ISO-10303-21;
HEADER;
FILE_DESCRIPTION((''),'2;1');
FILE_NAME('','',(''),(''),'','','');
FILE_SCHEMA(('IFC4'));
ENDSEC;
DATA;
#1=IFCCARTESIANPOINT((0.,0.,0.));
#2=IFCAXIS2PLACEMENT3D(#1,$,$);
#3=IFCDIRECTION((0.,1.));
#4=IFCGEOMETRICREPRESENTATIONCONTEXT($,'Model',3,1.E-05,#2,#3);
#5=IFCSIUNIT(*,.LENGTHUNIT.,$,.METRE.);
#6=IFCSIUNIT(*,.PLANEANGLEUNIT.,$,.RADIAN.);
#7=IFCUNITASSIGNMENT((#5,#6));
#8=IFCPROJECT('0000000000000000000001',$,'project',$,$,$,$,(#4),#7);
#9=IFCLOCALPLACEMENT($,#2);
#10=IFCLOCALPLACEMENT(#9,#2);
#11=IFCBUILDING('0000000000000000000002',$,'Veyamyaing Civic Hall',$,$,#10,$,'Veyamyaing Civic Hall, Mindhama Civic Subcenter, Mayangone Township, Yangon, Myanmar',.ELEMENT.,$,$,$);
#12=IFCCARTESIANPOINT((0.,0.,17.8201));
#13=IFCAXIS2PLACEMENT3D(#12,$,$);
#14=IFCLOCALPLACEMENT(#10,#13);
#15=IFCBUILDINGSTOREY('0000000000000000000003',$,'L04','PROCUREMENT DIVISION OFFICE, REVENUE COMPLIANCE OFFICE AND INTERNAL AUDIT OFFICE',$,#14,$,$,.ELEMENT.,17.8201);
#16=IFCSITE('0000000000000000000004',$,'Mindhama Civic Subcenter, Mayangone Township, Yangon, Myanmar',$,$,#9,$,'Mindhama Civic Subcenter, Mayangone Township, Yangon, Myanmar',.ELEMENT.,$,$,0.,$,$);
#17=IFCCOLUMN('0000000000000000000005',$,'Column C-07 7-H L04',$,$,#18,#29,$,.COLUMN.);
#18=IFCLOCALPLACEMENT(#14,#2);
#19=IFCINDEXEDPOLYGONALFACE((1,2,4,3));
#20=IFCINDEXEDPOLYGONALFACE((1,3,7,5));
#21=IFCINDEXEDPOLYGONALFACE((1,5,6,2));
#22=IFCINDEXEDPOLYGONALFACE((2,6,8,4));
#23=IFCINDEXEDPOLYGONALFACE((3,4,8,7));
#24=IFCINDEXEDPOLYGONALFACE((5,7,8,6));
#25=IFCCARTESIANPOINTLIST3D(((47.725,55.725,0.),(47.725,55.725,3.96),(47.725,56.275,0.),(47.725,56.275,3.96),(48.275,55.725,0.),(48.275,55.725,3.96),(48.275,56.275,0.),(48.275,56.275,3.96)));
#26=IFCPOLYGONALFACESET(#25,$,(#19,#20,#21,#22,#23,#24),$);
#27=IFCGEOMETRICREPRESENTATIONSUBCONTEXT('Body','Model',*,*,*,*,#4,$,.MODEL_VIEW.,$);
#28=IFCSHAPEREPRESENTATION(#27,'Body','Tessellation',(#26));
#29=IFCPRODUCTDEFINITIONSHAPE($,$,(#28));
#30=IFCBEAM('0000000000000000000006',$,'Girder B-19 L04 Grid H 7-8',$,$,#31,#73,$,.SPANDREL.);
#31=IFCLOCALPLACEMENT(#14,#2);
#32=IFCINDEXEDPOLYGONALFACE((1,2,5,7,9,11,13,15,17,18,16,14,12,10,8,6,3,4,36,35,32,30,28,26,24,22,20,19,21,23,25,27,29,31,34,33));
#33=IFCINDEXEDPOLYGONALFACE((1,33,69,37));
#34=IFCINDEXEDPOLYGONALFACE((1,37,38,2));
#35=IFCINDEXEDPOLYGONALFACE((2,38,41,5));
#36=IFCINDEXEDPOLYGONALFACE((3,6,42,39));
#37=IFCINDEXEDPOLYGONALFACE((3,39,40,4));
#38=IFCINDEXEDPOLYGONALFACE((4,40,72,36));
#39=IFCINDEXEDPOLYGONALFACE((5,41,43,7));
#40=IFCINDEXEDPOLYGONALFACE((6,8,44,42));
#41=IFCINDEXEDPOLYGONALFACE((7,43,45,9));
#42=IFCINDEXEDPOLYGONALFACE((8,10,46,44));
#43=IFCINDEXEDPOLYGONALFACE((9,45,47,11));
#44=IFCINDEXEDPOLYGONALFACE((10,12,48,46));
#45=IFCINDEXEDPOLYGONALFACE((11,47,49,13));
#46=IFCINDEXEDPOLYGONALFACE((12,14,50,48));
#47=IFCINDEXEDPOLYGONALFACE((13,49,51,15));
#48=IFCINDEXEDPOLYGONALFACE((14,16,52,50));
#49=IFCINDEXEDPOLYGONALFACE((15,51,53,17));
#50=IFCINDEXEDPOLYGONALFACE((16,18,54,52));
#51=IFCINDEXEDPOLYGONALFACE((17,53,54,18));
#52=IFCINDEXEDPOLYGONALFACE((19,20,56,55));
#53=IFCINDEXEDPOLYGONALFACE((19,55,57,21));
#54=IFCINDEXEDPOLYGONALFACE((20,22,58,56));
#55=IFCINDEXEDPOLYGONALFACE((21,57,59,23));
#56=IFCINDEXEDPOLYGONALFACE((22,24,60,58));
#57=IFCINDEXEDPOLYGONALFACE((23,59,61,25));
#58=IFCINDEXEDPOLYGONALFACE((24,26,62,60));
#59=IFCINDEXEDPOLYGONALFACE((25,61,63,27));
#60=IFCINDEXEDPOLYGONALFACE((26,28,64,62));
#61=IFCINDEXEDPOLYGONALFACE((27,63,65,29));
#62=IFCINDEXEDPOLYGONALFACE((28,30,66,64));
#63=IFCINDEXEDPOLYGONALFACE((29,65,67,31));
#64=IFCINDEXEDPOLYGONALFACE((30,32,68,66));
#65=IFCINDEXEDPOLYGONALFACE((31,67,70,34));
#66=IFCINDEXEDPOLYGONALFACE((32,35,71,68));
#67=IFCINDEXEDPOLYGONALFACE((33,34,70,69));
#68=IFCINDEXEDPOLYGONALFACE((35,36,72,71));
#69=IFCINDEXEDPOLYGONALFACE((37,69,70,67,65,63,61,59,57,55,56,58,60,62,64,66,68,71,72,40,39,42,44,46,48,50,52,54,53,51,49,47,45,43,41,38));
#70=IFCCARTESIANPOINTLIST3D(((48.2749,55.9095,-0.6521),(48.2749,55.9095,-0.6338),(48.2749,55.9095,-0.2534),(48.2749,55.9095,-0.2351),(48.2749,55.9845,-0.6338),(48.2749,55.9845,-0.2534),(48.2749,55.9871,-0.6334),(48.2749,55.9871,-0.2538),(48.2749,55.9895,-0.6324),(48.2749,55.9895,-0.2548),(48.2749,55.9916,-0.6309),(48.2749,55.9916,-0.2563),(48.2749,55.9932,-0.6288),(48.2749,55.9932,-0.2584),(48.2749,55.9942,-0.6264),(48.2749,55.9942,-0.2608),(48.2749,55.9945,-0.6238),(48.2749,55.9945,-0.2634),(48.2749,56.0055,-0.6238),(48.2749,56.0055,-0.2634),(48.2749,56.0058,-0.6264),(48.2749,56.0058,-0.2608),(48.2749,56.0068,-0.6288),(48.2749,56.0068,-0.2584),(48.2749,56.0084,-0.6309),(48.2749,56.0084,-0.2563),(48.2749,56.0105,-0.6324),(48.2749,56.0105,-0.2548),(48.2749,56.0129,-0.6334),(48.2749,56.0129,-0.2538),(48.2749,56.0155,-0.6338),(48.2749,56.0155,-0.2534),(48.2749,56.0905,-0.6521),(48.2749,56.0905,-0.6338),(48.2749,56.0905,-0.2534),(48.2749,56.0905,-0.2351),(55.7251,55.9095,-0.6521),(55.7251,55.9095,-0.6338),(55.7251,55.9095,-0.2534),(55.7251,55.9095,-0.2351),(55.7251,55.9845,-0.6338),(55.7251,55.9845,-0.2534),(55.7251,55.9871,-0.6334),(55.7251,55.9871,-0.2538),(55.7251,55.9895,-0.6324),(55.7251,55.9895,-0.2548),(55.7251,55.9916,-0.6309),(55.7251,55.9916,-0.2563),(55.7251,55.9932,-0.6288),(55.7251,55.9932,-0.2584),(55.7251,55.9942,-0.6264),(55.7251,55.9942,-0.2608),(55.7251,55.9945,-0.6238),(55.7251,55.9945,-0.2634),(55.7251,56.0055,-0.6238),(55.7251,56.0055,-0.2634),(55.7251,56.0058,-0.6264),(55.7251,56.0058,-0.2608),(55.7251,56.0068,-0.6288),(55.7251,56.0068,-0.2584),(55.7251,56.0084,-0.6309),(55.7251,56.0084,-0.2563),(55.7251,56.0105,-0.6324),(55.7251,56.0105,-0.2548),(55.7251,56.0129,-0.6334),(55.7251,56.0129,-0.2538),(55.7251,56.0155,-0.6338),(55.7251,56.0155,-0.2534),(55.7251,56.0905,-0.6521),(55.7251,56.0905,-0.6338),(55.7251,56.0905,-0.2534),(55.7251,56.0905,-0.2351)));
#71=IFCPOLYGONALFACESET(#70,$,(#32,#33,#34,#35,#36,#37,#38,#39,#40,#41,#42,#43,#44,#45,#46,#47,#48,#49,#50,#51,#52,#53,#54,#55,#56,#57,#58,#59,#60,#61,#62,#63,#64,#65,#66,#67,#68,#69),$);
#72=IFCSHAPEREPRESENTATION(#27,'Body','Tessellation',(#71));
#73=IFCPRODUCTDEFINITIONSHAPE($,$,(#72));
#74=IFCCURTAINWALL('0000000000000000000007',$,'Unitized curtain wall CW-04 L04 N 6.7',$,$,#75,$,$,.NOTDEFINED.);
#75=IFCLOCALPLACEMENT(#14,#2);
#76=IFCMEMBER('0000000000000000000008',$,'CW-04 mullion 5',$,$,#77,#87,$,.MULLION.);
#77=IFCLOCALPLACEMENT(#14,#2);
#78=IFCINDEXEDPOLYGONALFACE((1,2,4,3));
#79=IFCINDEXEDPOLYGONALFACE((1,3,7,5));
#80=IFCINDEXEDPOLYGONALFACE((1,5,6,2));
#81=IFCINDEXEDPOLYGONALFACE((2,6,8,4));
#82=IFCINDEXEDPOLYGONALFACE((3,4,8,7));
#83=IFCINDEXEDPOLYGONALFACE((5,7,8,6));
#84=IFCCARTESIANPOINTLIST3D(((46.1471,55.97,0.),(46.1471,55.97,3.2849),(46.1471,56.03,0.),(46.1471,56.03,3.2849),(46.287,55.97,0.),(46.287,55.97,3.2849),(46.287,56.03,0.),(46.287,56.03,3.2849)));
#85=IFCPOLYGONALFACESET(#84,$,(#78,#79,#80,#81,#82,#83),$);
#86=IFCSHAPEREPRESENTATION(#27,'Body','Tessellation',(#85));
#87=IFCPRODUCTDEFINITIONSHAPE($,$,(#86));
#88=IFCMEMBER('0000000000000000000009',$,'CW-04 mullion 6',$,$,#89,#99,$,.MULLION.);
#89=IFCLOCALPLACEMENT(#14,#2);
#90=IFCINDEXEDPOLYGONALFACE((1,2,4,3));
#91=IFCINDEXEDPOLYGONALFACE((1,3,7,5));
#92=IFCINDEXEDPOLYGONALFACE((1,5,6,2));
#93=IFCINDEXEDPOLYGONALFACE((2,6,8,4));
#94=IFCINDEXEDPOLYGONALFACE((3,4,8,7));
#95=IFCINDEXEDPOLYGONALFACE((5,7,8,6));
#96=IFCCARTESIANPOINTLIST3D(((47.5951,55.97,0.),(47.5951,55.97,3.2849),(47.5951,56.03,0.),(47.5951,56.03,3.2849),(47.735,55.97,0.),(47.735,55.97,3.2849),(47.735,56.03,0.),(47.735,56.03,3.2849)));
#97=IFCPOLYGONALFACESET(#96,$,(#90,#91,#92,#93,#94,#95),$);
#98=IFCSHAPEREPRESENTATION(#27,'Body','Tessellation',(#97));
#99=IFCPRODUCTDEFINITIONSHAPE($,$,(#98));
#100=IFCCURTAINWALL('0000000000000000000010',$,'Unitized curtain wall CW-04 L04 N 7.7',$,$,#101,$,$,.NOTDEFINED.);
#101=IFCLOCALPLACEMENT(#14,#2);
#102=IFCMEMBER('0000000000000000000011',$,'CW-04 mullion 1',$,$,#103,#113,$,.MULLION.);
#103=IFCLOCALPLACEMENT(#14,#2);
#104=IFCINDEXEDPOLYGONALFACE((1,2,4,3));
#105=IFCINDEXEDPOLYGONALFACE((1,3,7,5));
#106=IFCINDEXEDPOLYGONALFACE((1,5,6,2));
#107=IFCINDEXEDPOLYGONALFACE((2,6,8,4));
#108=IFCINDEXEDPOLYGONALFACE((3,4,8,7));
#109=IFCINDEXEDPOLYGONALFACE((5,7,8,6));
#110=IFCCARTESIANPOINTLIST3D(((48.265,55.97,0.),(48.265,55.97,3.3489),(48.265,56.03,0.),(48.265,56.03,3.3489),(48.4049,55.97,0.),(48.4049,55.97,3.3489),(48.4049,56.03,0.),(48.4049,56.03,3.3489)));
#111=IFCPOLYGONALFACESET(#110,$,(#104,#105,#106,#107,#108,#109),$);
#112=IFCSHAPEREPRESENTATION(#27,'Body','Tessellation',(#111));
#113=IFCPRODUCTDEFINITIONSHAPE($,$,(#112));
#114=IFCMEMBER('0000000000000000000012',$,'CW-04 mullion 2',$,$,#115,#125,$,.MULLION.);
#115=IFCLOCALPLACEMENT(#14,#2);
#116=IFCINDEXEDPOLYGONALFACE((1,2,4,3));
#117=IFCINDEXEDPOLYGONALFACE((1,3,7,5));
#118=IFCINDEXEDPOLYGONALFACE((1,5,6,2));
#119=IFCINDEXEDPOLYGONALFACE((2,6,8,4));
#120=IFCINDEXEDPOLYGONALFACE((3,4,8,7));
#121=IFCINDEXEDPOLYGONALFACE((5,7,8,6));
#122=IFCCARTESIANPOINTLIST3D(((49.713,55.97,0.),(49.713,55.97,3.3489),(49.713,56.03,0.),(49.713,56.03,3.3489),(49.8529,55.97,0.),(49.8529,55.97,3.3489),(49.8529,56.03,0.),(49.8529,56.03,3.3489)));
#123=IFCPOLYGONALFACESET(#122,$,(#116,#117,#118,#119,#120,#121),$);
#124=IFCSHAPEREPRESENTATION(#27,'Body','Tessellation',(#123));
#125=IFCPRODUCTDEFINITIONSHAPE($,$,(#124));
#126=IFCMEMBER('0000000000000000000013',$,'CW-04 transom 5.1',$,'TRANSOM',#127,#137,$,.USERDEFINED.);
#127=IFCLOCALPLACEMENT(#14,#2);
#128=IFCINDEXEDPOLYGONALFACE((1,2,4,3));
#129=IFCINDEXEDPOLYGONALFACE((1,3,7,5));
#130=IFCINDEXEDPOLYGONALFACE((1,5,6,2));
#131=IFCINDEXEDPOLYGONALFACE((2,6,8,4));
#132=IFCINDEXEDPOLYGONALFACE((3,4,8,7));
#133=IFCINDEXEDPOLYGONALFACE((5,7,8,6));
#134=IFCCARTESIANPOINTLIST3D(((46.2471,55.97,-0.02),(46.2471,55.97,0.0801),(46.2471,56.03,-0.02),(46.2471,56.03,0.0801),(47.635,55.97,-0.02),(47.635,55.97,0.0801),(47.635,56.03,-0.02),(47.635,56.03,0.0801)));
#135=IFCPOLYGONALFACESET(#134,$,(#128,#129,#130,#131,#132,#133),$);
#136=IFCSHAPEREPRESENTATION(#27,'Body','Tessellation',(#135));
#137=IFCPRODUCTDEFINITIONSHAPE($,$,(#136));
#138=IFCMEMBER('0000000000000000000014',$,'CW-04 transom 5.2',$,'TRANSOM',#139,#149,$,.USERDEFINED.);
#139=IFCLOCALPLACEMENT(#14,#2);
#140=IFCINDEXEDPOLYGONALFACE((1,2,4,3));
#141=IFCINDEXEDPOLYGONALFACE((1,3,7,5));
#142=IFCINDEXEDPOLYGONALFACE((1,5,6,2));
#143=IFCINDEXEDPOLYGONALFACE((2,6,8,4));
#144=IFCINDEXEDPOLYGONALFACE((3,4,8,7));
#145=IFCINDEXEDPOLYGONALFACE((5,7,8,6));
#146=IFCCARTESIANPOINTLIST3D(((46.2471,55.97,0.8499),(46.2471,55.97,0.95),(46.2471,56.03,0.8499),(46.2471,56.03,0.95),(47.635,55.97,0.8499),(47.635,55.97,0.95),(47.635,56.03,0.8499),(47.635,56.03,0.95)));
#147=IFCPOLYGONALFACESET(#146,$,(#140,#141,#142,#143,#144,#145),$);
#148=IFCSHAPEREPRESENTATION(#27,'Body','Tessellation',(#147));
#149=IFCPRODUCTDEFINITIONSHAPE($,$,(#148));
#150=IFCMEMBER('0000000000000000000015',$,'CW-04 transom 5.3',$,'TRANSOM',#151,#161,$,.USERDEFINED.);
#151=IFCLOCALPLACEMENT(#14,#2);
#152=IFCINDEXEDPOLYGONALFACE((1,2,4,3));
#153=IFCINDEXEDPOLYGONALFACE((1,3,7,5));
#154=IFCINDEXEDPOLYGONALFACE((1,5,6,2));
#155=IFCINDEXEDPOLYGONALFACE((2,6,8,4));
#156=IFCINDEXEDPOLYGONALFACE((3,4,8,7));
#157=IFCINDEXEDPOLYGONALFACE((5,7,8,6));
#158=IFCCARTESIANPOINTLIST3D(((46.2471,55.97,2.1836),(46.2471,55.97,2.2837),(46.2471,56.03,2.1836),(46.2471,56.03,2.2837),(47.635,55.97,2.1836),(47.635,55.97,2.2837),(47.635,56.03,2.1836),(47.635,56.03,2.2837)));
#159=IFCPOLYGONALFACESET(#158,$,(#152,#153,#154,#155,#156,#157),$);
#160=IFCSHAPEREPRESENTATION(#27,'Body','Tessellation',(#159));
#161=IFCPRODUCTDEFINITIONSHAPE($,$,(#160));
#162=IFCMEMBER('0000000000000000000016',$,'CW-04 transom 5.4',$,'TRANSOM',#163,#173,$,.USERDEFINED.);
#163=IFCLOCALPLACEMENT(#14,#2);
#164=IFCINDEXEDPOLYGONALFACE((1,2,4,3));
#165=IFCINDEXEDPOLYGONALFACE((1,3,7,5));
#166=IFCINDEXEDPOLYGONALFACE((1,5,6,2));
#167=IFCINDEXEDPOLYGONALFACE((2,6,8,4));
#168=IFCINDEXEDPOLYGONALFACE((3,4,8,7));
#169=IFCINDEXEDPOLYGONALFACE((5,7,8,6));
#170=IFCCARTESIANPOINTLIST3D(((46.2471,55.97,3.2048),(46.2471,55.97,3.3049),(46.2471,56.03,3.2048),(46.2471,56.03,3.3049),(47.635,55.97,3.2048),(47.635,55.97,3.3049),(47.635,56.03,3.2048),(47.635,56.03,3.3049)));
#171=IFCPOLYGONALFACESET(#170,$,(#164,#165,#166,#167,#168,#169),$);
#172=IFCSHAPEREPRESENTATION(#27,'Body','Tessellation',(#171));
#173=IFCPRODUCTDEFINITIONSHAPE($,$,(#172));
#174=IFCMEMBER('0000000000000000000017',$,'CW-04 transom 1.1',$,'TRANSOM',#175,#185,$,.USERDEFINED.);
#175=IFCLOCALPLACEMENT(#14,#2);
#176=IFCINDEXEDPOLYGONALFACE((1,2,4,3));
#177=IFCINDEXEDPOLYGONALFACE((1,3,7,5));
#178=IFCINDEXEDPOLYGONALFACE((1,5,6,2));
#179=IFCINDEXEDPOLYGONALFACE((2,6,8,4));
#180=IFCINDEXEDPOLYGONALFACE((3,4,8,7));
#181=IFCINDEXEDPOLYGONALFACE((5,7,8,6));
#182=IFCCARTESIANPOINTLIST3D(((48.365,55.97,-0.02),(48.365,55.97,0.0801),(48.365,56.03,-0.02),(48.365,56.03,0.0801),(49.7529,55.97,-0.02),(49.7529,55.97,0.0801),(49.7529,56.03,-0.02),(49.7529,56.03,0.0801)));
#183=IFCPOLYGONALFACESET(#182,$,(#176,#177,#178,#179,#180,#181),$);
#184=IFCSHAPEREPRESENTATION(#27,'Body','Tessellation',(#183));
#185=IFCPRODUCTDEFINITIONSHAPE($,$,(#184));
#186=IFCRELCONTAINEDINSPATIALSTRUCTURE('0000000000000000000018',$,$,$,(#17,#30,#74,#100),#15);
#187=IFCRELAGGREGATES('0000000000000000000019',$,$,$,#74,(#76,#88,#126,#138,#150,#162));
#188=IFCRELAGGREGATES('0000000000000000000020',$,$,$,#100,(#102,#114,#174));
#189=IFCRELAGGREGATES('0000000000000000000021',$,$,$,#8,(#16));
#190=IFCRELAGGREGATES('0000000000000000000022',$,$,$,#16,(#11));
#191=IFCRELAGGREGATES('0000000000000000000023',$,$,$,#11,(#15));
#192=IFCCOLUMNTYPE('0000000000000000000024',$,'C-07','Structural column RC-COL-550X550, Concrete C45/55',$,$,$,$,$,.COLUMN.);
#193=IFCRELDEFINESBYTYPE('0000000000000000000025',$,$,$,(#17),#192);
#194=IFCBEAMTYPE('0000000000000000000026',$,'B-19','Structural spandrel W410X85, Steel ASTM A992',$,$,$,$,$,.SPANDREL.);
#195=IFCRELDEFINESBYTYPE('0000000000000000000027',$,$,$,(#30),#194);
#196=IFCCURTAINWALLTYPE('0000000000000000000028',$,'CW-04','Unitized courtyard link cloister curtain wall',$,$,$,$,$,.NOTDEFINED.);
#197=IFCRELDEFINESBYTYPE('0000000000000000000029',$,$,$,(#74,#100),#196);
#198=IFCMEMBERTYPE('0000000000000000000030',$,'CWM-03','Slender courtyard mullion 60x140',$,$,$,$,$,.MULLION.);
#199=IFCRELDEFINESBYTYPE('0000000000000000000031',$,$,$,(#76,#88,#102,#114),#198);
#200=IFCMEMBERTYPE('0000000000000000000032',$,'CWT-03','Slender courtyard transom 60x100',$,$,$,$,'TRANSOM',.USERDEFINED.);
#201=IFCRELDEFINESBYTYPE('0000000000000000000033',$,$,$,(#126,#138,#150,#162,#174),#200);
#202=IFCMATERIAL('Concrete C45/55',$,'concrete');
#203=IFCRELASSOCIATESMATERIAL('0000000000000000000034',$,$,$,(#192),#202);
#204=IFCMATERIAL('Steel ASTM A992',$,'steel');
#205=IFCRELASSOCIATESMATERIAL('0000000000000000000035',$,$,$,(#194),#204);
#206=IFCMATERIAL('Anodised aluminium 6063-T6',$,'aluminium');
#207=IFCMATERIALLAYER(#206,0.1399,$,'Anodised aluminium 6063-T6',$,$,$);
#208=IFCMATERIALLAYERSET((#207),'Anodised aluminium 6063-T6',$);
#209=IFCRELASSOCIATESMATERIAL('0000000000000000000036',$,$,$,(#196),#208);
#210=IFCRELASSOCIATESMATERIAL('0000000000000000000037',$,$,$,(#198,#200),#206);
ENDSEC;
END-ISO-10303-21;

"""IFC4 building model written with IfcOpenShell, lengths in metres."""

from ifc_helpers import new_model, si_unit, direction, frame, origin, origin_2d, place, context, subcontext, project, spatial, rectangle, i_section, extrude, material, layer, layer_set, material_profile, profile_set, type_object, element, aggregate, save


model = new_model("IFC4")

# Units and contexts
model_context = context("Model", 3, precision=1e-05, world=origin(), true_north=direction((0.0, 1.0)))
body_context = subcontext(model_context, "Body", "Model", "MODEL_VIEW")
ifc_project = project(units=[si_unit("LENGTHUNIT", "METRE"), si_unit("PLANEANGLEUNIT", "RADIAN")], contexts=[model_context])

# Site, building, storey
site_placement = place(None, origin())
site = spatial("IfcSite", under=ifc_project, at=site_placement, Name="Mindhama Civic Subcenter, Mayangone Township, Yangon, Myanmar", LongName="Mindhama Civic Subcenter, Mayangone Township, Yangon, Myanmar", CompositionType="ELEMENT", RefElevation=0.0)
building_placement = place(site_placement, origin())
building = spatial("IfcBuilding", under=site, at=building_placement, Name="Veyamyaing Civic Hall", LongName="Veyamyaing Civic Hall, Mindhama Civic Subcenter, Mayangone Township, Yangon, Myanmar", CompositionType="ELEMENT")
storey_placement = place(building_placement, frame((0.0, 0.0, 17.8201)))
storey = spatial("IfcBuildingStorey", under=building, at=storey_placement, Name="L04", Description="PROCUREMENT DIVISION OFFICE, REVENUE COMPLIANCE OFFICE AND INTERNAL AUDIT OFFICE", CompositionType="ELEMENT", Elevation=17.8201)

# Column
ifc_material_1 = material(Name="Concrete C45/55", Category="concrete")
ifc_material_profile_1 = material_profile(ifc_material_1, rectangle(XDim=0.55, YDim=0.55, at=origin_2d()), Name="RC-COL-550X550")
ifc_profile_set_1 = profile_set([ifc_material_profile_1], Name="Concrete C45/55")
column_type = type_object("IfcColumnType", Name="C-07", Description="Structural column RC-COL-550X550, Concrete C45/55", PredefinedType="COLUMN", material=ifc_profile_set_1)
column_placement = place(storey_placement, frame((48.0, 56.0, 0.0), z_axis=(0.0, 0.0, 1.0), x_axis=(1.0, 0.0, 0.0)))
element("IfcColumn", 1, at=column_placement, inside=storey, type_object=column_type, Name="Column C-07 7-H L04", PredefinedType="COLUMN", context=body_context, shape_type="SweptSolid", body=[
    extrude(rectangle(XDim=0.55, YDim=0.55, at=origin_2d()), origin(), (0.0, 0.0, 1.0), 3.96),
])

# Beam
ifc_material_2 = material(Name="Steel ASTM A992", Category="steel")
ifc_material_profile_2 = material_profile(ifc_material_2, i_section(OverallWidth=0.1809, OverallDepth=0.417, WebThickness=0.011, FlangeThickness=0.0183, FilletRadius=0.01, at=origin_2d()), Name="W410X85")
ifc_profile_set_2 = profile_set([ifc_material_profile_2], Name="Steel ASTM A992")
beam_type_1 = type_object("IfcBeamType", Name="B-19", Description="Structural spandrel W410X85, Steel ASTM A992", PredefinedType="SPANDREL", material=ifc_profile_set_2)
beam_placement = place(storey_placement, frame((48.2749, 56.0, -0.4436), z_axis=(1.0, 0.0, 0.0), x_axis=(0.0, 1.0, 0.0)))
element("IfcBeam", 2, at=beam_placement, inside=storey, type_object=beam_type_1, Name="Girder B-19 L04 Grid H 7-8", PredefinedType="SPANDREL", context=body_context, shape_type="SweptSolid", body=[
    extrude(i_section(OverallWidth=0.1809, OverallDepth=0.417, WebThickness=0.011, FlangeThickness=0.0183, FilletRadius=0.01, at=origin_2d()), origin(), (0.0, 0.0, 1.0), 7.4502),
])

# Curtain walls, members
ifc_material_3 = material(Name="Anodised aluminium 6063-T6", Category="aluminium")
ifc_layer_1 = layer(ifc_material_3, 0.1399, Name="Anodised aluminium 6063-T6")
ifc_layer_set_1 = layer_set([ifc_layer_1], Name="Anodised aluminium 6063-T6")
curtain_wall_type = type_object("IfcCurtainWallType", Name="CW-04", Description="Unitized courtyard link cloister curtain wall", PredefinedType="NOTDEFINED", material=ifc_layer_set_1)
curtain_wall_1_placement = place(storey_placement, origin())
curtain_wall_1 = element("IfcCurtainWall", 3, at=curtain_wall_1_placement, inside=storey, type_object=curtain_wall_type, Name="Unitized curtain wall CW-04 L04 N 6.7", PredefinedType="NOTDEFINED")
ifc_material_profile_3 = material_profile(ifc_material_3, rectangle(XDim=0.0601, YDim=0.1399, at=origin_2d()), Name="ALU-MUL-60X140")
ifc_profile_set_3 = profile_set([ifc_material_profile_3], Name="Anodised aluminium 6063-T6")
member_type_1 = type_object("IfcMemberType", Name="CWM-03", Description="Slender courtyard mullion 60x140", PredefinedType="MULLION", material=ifc_profile_set_3)
member_1_placement = place(storey_placement, frame((46.217, 56.0, 0.0), z_axis=(0.0, 0.0, 1.0), x_axis=(0.0, 1.0, 0.0)))
member_1 = element("IfcMember", 4, at=member_1_placement, type_object=member_type_1, Name="CW-04 mullion 5", PredefinedType="MULLION", context=body_context, shape_type="SweptSolid", body=[
    extrude(rectangle(XDim=0.0601, YDim=0.1399, at=origin_2d()), origin(), (0.0, 0.0, 1.0), 3.2849),
])
member_2_placement = place(storey_placement, frame((47.665, 56.0, 0.0), z_axis=(0.0, 0.0, 1.0), x_axis=(0.0, 1.0, 0.0)))
member_2 = element("IfcMember", 5, at=member_2_placement, type_object=member_type_1, Name="CW-04 mullion 6", PredefinedType="MULLION", context=body_context, shape_type="SweptSolid", body=[
    extrude(rectangle(XDim=0.0601, YDim=0.1399, at=origin_2d()), origin(), (0.0, 0.0, 1.0), 3.2849),
])
curtain_wall_2_placement = place(storey_placement, origin())
curtain_wall_2 = element("IfcCurtainWall", 6, at=curtain_wall_2_placement, inside=storey, type_object=curtain_wall_type, Name="Unitized curtain wall CW-04 L04 N 7.7", PredefinedType="NOTDEFINED")
member_3_placement = place(storey_placement, frame((48.335, 56.0, 0.0), z_axis=(0.0, 0.0, 1.0), x_axis=(0.0, 1.0, 0.0)))
member_3 = element("IfcMember", 7, at=member_3_placement, type_object=member_type_1, Name="CW-04 mullion 1", PredefinedType="MULLION", context=body_context, shape_type="SweptSolid", body=[
    extrude(rectangle(XDim=0.0601, YDim=0.1399, at=origin_2d()), origin(), (0.0, 0.0, 1.0), 3.3489),
])
member_4_placement = place(storey_placement, frame((49.783, 56.0, 0.0), z_axis=(0.0, 0.0, 1.0), x_axis=(0.0, 1.0, 0.0)))
member_4 = element("IfcMember", 8, at=member_4_placement, type_object=member_type_1, Name="CW-04 mullion 2", PredefinedType="MULLION", context=body_context, shape_type="SweptSolid", body=[
    extrude(rectangle(XDim=0.0601, YDim=0.1399, at=origin_2d()), origin(), (0.0, 0.0, 1.0), 3.3489),
])

# Members
ifc_material_profile_4 = material_profile(ifc_material_3, rectangle(XDim=0.0601, YDim=0.1001, at=origin_2d()), Name="ALU-TRN-60X100")
ifc_profile_set_4 = profile_set([ifc_material_profile_4], Name="Anodised aluminium 6063-T6")
member_type_2 = type_object("IfcMemberType", Name="CWT-03", Description="Slender courtyard transom 60x100", ElementType="TRANSOM", PredefinedType="USERDEFINED", material=ifc_profile_set_4)
member_5_placement = place(storey_placement, frame((46.2471, 56.0, 0.03), z_axis=(1.0, 0.0, 0.0), x_axis=(0.0, 1.0, 0.0)))
member_5 = element("IfcMember", 9, at=member_5_placement, type_object=member_type_2, Name="CW-04 transom 5.1", ObjectType="TRANSOM", PredefinedType="USERDEFINED", context=body_context, shape_type="SweptSolid", body=[
    extrude(rectangle(XDim=0.0601, YDim=0.1001, at=origin_2d()), origin(), (0.0, 0.0, 1.0), 1.3879),
])
member_6_placement = place(storey_placement, frame((46.2471, 56.0, 0.8999), z_axis=(1.0, 0.0, 0.0), x_axis=(0.0, 1.0, 0.0)))
member_6 = element("IfcMember", 10, at=member_6_placement, type_object=member_type_2, Name="CW-04 transom 5.2", ObjectType="TRANSOM", PredefinedType="USERDEFINED", context=body_context, shape_type="SweptSolid", body=[
    extrude(rectangle(XDim=0.0601, YDim=0.1001, at=origin_2d()), origin(), (0.0, 0.0, 1.0), 1.3879),
])
member_7_placement = place(storey_placement, frame((46.2471, 56.0, 2.2336), z_axis=(1.0, 0.0, 0.0), x_axis=(0.0, 1.0, 0.0)))
member_7 = element("IfcMember", 11, at=member_7_placement, type_object=member_type_2, Name="CW-04 transom 5.3", ObjectType="TRANSOM", PredefinedType="USERDEFINED", context=body_context, shape_type="SweptSolid", body=[
    extrude(rectangle(XDim=0.0601, YDim=0.1001, at=origin_2d()), origin(), (0.0, 0.0, 1.0), 1.3879),
])
member_8_placement = place(storey_placement, frame((46.2471, 56.0, 3.2549), z_axis=(1.0, 0.0, 0.0), x_axis=(0.0, 1.0, 0.0)))
member_8 = element("IfcMember", 12, at=member_8_placement, type_object=member_type_2, Name="CW-04 transom 5.4", ObjectType="TRANSOM", PredefinedType="USERDEFINED", context=body_context, shape_type="SweptSolid", body=[
    extrude(rectangle(XDim=0.0601, YDim=0.1001, at=origin_2d()), origin(), (0.0, 0.0, 1.0), 1.3879),
])
member_9_placement = place(storey_placement, frame((48.365, 56.0, 0.03), z_axis=(1.0, 0.0, 0.0), x_axis=(0.0, 1.0, 0.0)))
member_9 = element("IfcMember", 13, at=member_9_placement, type_object=member_type_2, Name="CW-04 transom 1.1", ObjectType="TRANSOM", PredefinedType="USERDEFINED", context=body_context, shape_type="SweptSolid", body=[
    extrude(rectangle(XDim=0.0601, YDim=0.1001, at=origin_2d()), origin(), (0.0, 0.0, 1.0), 1.3879),
])

aggregate(curtain_wall_1, [member_1, member_2, member_5, member_6, member_7, member_8])
aggregate(curtain_wall_2, [member_3, member_4, member_9])

save(model, "model.ifc")
